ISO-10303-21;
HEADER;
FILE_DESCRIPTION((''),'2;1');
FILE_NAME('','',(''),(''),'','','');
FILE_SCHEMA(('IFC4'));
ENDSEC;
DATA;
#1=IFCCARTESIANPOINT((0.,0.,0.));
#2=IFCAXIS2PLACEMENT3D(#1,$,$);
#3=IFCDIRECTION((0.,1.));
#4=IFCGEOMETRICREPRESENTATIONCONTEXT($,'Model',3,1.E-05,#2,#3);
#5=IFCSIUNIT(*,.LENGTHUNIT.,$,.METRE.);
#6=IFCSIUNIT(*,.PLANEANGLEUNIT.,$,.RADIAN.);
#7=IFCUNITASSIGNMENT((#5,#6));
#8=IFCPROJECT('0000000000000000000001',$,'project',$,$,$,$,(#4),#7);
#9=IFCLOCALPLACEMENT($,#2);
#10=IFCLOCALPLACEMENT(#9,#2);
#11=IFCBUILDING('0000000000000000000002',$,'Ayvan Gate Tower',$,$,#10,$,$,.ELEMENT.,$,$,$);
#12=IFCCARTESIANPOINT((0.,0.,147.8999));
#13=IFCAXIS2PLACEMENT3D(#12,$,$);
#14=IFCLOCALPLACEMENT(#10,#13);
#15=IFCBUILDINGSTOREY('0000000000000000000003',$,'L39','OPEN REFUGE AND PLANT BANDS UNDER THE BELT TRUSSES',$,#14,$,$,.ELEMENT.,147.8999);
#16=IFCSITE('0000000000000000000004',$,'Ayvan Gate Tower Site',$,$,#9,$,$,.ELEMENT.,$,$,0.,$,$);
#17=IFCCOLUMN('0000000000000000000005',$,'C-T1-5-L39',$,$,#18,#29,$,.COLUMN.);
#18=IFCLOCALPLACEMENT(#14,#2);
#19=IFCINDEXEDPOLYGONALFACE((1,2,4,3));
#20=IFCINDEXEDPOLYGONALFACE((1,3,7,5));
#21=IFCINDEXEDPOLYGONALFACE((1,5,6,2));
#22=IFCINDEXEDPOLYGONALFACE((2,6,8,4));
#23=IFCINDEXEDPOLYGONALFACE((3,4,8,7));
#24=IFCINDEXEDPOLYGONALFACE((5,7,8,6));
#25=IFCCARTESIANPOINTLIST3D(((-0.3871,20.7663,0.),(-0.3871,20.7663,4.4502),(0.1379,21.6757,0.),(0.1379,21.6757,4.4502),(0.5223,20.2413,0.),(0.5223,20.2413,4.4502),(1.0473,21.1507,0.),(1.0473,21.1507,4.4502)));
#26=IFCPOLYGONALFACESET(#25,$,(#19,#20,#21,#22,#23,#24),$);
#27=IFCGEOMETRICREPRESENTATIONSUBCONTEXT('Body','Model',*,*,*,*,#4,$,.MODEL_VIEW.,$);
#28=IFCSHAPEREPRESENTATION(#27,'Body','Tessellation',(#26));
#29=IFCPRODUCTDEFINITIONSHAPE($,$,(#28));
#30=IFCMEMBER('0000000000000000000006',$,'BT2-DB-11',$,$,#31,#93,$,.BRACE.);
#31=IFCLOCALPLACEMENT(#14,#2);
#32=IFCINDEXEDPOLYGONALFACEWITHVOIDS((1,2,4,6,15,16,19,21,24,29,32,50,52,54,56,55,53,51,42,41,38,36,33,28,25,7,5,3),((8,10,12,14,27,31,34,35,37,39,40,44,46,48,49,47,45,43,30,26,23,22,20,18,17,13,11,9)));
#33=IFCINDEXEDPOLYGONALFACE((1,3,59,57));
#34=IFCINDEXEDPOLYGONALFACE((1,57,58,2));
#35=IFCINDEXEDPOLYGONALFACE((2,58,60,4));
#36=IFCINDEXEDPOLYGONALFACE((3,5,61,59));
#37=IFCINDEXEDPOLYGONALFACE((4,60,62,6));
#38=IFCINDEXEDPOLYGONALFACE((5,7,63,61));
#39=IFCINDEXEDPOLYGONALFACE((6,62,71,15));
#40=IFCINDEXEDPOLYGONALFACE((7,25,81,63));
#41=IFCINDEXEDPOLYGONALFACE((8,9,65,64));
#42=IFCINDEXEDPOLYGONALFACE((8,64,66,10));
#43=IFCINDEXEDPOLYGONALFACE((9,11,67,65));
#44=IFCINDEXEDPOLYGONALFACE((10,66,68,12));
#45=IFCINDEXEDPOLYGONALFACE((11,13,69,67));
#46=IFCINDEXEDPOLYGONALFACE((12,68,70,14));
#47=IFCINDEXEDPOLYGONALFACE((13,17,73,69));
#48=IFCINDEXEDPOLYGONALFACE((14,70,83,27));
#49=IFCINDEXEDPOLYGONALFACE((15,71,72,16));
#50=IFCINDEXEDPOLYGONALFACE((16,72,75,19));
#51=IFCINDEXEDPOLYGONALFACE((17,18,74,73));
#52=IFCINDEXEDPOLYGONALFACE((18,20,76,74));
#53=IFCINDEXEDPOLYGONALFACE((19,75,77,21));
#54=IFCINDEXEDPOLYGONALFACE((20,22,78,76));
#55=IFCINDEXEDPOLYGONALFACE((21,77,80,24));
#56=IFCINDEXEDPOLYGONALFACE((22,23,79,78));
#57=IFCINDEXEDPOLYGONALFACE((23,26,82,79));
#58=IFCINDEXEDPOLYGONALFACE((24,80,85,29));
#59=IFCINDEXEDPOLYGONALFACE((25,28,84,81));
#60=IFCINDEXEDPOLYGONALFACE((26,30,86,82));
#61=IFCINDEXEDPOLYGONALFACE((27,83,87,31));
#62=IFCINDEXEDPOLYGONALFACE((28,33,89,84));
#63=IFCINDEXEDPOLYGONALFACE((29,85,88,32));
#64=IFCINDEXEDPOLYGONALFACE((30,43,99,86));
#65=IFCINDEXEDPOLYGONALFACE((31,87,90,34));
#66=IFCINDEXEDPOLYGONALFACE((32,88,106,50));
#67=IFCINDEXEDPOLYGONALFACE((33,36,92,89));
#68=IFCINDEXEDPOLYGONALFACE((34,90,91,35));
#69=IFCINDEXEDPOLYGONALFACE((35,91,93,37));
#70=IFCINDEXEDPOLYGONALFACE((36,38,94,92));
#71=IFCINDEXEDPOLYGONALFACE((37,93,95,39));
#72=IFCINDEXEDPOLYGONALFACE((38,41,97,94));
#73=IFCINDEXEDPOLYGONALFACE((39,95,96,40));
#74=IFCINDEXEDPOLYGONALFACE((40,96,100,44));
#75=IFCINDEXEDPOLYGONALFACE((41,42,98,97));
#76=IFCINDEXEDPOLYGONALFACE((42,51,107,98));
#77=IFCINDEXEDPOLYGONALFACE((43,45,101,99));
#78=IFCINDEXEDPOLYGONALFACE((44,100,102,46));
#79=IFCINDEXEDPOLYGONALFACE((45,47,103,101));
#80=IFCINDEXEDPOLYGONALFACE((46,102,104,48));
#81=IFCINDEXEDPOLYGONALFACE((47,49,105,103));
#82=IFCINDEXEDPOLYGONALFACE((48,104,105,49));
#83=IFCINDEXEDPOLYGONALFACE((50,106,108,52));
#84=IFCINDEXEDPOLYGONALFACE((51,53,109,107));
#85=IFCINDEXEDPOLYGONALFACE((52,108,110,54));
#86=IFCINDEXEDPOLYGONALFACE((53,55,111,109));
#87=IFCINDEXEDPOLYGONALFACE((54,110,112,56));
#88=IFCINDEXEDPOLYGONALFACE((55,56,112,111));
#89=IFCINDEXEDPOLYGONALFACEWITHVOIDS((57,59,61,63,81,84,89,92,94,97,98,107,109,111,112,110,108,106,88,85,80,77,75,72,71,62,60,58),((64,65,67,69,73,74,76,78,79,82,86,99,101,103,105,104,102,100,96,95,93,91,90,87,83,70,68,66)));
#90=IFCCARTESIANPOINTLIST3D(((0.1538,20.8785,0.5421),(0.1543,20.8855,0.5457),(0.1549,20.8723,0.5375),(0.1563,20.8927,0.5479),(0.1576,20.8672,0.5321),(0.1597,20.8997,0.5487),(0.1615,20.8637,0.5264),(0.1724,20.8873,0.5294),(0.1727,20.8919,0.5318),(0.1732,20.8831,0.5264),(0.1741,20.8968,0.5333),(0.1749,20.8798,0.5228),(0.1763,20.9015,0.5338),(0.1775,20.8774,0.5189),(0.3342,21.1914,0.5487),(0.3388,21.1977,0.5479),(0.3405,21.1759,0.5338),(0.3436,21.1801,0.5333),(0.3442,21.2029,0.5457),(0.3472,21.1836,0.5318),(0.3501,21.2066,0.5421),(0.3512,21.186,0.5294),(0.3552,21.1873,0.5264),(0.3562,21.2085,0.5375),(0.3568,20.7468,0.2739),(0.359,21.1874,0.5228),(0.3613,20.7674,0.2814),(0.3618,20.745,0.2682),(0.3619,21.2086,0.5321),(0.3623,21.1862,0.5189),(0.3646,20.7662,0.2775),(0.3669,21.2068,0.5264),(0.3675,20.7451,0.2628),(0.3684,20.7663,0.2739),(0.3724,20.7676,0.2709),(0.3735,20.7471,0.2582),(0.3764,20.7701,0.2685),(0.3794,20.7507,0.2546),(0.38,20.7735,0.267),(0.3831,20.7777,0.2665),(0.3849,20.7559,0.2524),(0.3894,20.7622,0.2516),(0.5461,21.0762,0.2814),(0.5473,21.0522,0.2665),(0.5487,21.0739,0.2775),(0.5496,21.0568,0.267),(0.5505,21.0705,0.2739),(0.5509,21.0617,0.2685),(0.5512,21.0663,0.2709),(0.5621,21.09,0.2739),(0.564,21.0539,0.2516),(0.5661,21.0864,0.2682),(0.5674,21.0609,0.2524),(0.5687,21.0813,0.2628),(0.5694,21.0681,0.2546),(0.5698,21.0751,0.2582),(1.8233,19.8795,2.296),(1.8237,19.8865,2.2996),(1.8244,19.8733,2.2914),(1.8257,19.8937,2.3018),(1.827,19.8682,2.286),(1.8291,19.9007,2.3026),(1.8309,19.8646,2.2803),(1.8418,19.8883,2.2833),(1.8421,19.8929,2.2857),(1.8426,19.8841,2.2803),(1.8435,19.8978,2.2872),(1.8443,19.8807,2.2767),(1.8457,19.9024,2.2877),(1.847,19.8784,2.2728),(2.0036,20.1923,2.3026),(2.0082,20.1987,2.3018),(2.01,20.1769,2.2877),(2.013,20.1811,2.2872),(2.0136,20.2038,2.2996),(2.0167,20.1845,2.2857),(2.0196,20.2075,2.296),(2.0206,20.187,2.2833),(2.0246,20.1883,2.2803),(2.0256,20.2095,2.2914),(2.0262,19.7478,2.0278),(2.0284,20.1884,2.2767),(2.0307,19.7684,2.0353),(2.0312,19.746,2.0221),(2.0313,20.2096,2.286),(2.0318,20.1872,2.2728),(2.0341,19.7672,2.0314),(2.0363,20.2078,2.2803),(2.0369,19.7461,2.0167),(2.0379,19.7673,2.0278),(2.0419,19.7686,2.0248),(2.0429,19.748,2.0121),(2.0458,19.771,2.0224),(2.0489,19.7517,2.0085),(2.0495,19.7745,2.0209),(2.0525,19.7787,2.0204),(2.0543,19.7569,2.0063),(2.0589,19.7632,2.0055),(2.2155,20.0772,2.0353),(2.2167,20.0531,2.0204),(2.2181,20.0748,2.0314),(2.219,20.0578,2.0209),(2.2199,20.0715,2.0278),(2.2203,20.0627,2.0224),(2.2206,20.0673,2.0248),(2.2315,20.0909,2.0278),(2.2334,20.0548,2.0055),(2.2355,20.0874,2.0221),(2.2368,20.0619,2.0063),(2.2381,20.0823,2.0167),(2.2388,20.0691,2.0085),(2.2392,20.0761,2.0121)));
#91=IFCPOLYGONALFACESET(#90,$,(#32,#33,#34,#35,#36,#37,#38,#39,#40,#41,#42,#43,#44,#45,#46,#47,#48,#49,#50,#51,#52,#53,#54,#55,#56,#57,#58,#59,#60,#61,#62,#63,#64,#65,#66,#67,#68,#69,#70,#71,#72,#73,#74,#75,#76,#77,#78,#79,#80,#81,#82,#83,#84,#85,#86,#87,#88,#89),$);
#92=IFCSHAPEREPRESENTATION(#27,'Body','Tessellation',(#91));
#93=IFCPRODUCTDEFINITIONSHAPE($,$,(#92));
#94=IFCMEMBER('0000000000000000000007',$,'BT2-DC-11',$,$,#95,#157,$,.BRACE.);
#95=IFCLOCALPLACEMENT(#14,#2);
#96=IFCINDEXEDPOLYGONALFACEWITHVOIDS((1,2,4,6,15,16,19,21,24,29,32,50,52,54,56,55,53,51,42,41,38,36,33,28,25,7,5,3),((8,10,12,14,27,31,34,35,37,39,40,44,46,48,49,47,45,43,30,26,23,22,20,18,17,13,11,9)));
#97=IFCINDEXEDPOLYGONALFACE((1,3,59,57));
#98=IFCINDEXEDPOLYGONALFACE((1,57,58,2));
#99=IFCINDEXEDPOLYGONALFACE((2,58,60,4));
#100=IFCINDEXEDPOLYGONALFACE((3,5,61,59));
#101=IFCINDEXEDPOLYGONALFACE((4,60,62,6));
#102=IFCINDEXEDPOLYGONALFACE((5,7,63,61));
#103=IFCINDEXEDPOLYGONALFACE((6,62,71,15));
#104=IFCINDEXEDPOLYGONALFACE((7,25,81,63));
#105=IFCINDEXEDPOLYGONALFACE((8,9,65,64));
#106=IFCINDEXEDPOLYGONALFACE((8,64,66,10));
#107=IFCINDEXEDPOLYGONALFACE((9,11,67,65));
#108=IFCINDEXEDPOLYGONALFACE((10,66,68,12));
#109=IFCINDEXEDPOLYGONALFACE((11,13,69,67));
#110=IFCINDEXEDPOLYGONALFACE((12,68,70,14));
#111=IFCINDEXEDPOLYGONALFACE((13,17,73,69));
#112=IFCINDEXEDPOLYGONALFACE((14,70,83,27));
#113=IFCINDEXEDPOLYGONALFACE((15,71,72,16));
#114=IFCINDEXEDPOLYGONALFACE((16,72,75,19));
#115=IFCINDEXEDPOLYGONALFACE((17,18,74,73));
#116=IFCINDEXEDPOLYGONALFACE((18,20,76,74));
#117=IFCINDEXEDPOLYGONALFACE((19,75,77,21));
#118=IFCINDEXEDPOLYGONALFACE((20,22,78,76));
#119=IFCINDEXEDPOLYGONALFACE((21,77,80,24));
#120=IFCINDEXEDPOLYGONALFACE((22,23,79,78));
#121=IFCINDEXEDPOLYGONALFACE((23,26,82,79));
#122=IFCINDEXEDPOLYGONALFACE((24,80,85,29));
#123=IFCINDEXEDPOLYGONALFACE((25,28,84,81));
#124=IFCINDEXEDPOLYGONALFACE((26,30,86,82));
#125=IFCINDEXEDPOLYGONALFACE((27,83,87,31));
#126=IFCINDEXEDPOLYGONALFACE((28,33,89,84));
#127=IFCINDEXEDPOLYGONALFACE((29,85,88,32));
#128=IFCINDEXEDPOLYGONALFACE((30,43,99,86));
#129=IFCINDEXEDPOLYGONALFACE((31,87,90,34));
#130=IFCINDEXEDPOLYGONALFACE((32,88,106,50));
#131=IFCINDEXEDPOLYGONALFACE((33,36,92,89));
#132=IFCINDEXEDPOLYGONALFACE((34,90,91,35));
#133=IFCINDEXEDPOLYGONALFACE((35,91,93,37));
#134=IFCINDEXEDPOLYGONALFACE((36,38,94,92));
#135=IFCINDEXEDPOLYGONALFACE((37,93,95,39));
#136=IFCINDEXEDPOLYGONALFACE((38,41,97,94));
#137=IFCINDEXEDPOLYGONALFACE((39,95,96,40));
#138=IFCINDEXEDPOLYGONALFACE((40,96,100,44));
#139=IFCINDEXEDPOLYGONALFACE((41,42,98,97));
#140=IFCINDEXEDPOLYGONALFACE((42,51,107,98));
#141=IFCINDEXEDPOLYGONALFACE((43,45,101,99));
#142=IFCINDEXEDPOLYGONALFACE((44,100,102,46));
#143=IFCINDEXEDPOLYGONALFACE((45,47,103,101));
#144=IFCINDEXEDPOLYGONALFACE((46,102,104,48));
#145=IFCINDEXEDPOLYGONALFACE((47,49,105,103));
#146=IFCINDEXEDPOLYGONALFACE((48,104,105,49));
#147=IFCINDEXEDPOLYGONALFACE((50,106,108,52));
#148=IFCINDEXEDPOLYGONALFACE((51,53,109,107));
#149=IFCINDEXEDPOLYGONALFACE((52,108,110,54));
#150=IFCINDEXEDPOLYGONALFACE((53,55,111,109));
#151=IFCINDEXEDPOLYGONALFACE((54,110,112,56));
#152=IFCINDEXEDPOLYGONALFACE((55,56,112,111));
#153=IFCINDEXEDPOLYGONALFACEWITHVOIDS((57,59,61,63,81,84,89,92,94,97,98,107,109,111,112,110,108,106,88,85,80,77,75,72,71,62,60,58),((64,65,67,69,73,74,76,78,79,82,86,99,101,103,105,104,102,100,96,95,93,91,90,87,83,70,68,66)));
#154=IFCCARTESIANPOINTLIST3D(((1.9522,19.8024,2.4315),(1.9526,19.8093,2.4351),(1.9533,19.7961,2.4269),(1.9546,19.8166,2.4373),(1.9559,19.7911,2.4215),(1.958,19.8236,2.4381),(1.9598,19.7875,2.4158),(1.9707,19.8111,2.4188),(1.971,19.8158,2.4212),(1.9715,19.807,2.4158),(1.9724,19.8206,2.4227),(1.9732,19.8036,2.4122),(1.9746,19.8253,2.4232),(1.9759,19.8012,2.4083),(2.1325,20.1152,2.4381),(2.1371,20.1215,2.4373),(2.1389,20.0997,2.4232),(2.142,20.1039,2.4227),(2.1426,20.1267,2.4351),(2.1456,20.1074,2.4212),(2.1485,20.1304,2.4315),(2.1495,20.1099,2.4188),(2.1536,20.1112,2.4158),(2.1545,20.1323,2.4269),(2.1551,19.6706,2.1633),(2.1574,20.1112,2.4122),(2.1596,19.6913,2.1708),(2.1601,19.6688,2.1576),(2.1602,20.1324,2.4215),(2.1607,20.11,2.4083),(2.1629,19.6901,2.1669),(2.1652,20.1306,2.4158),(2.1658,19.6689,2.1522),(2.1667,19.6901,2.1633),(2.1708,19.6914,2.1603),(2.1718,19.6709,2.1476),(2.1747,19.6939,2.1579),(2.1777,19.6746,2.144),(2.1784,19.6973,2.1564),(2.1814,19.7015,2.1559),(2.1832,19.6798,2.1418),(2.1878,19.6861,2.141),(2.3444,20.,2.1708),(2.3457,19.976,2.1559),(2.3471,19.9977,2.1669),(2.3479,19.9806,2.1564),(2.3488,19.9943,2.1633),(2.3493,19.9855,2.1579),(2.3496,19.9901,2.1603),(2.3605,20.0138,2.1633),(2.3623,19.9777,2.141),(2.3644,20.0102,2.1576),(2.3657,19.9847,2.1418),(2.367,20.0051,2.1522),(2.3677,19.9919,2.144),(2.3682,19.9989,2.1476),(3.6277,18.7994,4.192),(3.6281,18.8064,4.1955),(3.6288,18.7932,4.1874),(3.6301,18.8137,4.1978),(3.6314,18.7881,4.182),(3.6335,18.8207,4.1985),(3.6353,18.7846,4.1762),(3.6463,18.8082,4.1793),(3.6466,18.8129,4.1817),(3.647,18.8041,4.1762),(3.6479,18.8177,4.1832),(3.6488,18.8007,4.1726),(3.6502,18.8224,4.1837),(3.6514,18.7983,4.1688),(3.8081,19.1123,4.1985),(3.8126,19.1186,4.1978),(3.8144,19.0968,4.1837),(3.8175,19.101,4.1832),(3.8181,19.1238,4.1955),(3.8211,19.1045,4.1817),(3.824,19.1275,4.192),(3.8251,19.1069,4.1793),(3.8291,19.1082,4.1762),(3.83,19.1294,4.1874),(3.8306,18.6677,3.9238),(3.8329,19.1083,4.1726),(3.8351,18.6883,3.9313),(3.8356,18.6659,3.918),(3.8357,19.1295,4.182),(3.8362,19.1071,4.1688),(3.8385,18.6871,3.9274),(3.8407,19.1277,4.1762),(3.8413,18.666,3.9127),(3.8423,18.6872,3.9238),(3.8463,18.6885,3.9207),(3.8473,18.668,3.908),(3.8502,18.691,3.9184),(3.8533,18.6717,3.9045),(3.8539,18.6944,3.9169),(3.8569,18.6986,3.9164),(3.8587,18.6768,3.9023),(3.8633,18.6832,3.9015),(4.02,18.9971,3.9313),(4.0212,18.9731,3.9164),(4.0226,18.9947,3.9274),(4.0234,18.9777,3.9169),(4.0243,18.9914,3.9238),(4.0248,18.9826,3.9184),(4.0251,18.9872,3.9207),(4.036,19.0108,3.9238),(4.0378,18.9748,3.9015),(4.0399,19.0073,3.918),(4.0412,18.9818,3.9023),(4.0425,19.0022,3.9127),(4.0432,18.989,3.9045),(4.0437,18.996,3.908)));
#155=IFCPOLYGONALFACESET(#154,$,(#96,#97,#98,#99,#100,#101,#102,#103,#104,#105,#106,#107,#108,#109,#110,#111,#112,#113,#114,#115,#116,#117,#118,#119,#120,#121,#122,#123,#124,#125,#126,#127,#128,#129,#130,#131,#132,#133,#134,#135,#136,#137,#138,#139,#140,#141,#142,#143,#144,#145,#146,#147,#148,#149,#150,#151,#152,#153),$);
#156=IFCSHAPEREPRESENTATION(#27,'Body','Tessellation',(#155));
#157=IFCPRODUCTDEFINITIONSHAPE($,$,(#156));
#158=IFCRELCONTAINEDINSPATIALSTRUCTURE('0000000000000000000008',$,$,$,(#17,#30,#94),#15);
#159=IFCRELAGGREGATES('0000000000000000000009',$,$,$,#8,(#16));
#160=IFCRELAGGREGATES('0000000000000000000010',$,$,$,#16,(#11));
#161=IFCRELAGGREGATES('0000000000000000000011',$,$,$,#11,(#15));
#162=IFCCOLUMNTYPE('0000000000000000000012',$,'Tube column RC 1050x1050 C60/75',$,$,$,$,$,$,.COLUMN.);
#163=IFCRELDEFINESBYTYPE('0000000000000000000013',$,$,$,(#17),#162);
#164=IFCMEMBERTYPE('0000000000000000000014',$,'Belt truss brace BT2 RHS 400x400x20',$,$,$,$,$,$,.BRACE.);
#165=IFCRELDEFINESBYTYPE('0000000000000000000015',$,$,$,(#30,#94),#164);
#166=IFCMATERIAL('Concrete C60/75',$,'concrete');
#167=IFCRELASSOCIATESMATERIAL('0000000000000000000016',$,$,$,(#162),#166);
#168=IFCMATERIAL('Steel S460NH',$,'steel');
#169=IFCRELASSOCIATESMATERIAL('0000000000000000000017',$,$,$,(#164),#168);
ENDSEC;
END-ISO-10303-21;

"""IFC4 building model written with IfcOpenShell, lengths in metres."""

from ifc_helpers import new_model, si_unit, direction, frame, origin, origin_2d, place, context, subcontext, project, spatial, rectangle, hollow_rectangle, extrude, material, material_profile, profile_set, type_object, element, save


model = new_model("IFC4")

# Units and contexts
model_context = context("Model", 3, precision=1e-05, world=origin(), true_north=direction((0.0, 1.0)))
body_context = subcontext(model_context, "Body", "Model", "MODEL_VIEW")
ifc_project = project(units=[si_unit("LENGTHUNIT", "METRE"), si_unit("PLANEANGLEUNIT", "RADIAN")], contexts=[model_context])

# Site, building, storey
site_placement = place(None, origin())
site = spatial("IfcSite", under=ifc_project, at=site_placement, Name="Ayvan Gate Tower Site", CompositionType="ELEMENT", RefElevation=0.0)
building_placement = place(site_placement, origin())
building = spatial("IfcBuilding", under=site, at=building_placement, Name="Ayvan Gate Tower", CompositionType="ELEMENT")
storey_placement = place(building_placement, frame((0.0, 0.0, 147.8999)))
storey = spatial("IfcBuildingStorey", under=building, at=storey_placement, Name="L39", Description="OPEN REFUGE AND PLANT BANDS UNDER THE BELT TRUSSES", CompositionType="ELEMENT", Elevation=147.8999)

# Column
ifc_material_1 = material(Name="Concrete C60/75", Category="concrete")
ifc_material_profile_1 = material_profile(ifc_material_1, rectangle(XDim=1.05, YDim=1.05, at=origin_2d()), Name="RC 1050x1050")
ifc_profile_set_1 = profile_set([ifc_material_profile_1], Name="Concrete C60/75")
column_type = type_object("IfcColumnType", Name="Tube column RC 1050x1050 C60/75", PredefinedType="COLUMN", material=ifc_profile_set_1)
column_placement = place(storey_placement, frame((0.3301, 20.9585, 0.0), z_axis=(0.0, 0.0, 1.0), x_axis=(0.5, 0.866025, 0.0)))
element("IfcColumn", 1, at=column_placement, inside=storey, type_object=column_type, Name="C-T1-5-L39", PredefinedType="COLUMN", context=body_context, shape_type="SweptSolid", body=[
    extrude(rectangle(XDim=1.05, YDim=1.05, at=origin_2d()), origin(), (0.0, 0.0, 1.0), 4.4502),
])

# Members
ifc_material_2 = material(Name="Steel S460NH", Category="steel")
ifc_material_profile_2 = material_profile(ifc_material_2, hollow_rectangle(XDim=0.3999, YDim=0.3999, WallThickness=0.02, InnerFilletRadius=0.02, OuterFilletRadius=0.03, at=origin_2d()), Name="RHS 400x400x20")
ifc_profile_set_2 = profile_set([ifc_material_profile_2], Name="Steel S460NH")
member_type_1 = type_object("IfcMemberType", Name="Belt truss brace BT2 RHS 400x400x20", PredefinedType="BRACE", material=ifc_profile_set_2)
member_1_placement = place(storey_placement, frame((0.3618, 20.9768, 0.4001), z_axis=(0.637335, -0.381394, 0.669584), x_axis=(0.513499, 0.85809, 0.0)))
element("IfcMember", 2, at=member_1_placement, inside=storey, type_object=member_type_1, Name="BT2-DB-11", PredefinedType="BRACE", context=body_context, shape_type="SweptSolid", body=[
    extrude(hollow_rectangle(XDim=0.3999, YDim=0.3999, WallThickness=0.02, InnerFilletRadius=0.02, OuterFilletRadius=0.03, at=origin_2d()), origin(), (0.0, 0.0, 1.0), 2.6194),
])
member_2_placement = place(storey_placement, frame((2.1602, 19.9006, 2.2896), z_axis=(0.637282, -0.381459, 0.669597), x_axis=(0.513595, 0.858033, 0.0)))
element("IfcMember", 3, at=member_2_placement, inside=storey, type_object=member_type_1, Name="BT2-DC-11", PredefinedType="BRACE", context=body_context, shape_type="SweptSolid", body=[
    extrude(hollow_rectangle(XDim=0.3999, YDim=0.3999, WallThickness=0.02, InnerFilletRadius=0.02, OuterFilletRadius=0.03, at=origin_2d()), origin(), (0.0, 0.0, 1.0), 2.6292),
])

save(model, "model.ifc")
